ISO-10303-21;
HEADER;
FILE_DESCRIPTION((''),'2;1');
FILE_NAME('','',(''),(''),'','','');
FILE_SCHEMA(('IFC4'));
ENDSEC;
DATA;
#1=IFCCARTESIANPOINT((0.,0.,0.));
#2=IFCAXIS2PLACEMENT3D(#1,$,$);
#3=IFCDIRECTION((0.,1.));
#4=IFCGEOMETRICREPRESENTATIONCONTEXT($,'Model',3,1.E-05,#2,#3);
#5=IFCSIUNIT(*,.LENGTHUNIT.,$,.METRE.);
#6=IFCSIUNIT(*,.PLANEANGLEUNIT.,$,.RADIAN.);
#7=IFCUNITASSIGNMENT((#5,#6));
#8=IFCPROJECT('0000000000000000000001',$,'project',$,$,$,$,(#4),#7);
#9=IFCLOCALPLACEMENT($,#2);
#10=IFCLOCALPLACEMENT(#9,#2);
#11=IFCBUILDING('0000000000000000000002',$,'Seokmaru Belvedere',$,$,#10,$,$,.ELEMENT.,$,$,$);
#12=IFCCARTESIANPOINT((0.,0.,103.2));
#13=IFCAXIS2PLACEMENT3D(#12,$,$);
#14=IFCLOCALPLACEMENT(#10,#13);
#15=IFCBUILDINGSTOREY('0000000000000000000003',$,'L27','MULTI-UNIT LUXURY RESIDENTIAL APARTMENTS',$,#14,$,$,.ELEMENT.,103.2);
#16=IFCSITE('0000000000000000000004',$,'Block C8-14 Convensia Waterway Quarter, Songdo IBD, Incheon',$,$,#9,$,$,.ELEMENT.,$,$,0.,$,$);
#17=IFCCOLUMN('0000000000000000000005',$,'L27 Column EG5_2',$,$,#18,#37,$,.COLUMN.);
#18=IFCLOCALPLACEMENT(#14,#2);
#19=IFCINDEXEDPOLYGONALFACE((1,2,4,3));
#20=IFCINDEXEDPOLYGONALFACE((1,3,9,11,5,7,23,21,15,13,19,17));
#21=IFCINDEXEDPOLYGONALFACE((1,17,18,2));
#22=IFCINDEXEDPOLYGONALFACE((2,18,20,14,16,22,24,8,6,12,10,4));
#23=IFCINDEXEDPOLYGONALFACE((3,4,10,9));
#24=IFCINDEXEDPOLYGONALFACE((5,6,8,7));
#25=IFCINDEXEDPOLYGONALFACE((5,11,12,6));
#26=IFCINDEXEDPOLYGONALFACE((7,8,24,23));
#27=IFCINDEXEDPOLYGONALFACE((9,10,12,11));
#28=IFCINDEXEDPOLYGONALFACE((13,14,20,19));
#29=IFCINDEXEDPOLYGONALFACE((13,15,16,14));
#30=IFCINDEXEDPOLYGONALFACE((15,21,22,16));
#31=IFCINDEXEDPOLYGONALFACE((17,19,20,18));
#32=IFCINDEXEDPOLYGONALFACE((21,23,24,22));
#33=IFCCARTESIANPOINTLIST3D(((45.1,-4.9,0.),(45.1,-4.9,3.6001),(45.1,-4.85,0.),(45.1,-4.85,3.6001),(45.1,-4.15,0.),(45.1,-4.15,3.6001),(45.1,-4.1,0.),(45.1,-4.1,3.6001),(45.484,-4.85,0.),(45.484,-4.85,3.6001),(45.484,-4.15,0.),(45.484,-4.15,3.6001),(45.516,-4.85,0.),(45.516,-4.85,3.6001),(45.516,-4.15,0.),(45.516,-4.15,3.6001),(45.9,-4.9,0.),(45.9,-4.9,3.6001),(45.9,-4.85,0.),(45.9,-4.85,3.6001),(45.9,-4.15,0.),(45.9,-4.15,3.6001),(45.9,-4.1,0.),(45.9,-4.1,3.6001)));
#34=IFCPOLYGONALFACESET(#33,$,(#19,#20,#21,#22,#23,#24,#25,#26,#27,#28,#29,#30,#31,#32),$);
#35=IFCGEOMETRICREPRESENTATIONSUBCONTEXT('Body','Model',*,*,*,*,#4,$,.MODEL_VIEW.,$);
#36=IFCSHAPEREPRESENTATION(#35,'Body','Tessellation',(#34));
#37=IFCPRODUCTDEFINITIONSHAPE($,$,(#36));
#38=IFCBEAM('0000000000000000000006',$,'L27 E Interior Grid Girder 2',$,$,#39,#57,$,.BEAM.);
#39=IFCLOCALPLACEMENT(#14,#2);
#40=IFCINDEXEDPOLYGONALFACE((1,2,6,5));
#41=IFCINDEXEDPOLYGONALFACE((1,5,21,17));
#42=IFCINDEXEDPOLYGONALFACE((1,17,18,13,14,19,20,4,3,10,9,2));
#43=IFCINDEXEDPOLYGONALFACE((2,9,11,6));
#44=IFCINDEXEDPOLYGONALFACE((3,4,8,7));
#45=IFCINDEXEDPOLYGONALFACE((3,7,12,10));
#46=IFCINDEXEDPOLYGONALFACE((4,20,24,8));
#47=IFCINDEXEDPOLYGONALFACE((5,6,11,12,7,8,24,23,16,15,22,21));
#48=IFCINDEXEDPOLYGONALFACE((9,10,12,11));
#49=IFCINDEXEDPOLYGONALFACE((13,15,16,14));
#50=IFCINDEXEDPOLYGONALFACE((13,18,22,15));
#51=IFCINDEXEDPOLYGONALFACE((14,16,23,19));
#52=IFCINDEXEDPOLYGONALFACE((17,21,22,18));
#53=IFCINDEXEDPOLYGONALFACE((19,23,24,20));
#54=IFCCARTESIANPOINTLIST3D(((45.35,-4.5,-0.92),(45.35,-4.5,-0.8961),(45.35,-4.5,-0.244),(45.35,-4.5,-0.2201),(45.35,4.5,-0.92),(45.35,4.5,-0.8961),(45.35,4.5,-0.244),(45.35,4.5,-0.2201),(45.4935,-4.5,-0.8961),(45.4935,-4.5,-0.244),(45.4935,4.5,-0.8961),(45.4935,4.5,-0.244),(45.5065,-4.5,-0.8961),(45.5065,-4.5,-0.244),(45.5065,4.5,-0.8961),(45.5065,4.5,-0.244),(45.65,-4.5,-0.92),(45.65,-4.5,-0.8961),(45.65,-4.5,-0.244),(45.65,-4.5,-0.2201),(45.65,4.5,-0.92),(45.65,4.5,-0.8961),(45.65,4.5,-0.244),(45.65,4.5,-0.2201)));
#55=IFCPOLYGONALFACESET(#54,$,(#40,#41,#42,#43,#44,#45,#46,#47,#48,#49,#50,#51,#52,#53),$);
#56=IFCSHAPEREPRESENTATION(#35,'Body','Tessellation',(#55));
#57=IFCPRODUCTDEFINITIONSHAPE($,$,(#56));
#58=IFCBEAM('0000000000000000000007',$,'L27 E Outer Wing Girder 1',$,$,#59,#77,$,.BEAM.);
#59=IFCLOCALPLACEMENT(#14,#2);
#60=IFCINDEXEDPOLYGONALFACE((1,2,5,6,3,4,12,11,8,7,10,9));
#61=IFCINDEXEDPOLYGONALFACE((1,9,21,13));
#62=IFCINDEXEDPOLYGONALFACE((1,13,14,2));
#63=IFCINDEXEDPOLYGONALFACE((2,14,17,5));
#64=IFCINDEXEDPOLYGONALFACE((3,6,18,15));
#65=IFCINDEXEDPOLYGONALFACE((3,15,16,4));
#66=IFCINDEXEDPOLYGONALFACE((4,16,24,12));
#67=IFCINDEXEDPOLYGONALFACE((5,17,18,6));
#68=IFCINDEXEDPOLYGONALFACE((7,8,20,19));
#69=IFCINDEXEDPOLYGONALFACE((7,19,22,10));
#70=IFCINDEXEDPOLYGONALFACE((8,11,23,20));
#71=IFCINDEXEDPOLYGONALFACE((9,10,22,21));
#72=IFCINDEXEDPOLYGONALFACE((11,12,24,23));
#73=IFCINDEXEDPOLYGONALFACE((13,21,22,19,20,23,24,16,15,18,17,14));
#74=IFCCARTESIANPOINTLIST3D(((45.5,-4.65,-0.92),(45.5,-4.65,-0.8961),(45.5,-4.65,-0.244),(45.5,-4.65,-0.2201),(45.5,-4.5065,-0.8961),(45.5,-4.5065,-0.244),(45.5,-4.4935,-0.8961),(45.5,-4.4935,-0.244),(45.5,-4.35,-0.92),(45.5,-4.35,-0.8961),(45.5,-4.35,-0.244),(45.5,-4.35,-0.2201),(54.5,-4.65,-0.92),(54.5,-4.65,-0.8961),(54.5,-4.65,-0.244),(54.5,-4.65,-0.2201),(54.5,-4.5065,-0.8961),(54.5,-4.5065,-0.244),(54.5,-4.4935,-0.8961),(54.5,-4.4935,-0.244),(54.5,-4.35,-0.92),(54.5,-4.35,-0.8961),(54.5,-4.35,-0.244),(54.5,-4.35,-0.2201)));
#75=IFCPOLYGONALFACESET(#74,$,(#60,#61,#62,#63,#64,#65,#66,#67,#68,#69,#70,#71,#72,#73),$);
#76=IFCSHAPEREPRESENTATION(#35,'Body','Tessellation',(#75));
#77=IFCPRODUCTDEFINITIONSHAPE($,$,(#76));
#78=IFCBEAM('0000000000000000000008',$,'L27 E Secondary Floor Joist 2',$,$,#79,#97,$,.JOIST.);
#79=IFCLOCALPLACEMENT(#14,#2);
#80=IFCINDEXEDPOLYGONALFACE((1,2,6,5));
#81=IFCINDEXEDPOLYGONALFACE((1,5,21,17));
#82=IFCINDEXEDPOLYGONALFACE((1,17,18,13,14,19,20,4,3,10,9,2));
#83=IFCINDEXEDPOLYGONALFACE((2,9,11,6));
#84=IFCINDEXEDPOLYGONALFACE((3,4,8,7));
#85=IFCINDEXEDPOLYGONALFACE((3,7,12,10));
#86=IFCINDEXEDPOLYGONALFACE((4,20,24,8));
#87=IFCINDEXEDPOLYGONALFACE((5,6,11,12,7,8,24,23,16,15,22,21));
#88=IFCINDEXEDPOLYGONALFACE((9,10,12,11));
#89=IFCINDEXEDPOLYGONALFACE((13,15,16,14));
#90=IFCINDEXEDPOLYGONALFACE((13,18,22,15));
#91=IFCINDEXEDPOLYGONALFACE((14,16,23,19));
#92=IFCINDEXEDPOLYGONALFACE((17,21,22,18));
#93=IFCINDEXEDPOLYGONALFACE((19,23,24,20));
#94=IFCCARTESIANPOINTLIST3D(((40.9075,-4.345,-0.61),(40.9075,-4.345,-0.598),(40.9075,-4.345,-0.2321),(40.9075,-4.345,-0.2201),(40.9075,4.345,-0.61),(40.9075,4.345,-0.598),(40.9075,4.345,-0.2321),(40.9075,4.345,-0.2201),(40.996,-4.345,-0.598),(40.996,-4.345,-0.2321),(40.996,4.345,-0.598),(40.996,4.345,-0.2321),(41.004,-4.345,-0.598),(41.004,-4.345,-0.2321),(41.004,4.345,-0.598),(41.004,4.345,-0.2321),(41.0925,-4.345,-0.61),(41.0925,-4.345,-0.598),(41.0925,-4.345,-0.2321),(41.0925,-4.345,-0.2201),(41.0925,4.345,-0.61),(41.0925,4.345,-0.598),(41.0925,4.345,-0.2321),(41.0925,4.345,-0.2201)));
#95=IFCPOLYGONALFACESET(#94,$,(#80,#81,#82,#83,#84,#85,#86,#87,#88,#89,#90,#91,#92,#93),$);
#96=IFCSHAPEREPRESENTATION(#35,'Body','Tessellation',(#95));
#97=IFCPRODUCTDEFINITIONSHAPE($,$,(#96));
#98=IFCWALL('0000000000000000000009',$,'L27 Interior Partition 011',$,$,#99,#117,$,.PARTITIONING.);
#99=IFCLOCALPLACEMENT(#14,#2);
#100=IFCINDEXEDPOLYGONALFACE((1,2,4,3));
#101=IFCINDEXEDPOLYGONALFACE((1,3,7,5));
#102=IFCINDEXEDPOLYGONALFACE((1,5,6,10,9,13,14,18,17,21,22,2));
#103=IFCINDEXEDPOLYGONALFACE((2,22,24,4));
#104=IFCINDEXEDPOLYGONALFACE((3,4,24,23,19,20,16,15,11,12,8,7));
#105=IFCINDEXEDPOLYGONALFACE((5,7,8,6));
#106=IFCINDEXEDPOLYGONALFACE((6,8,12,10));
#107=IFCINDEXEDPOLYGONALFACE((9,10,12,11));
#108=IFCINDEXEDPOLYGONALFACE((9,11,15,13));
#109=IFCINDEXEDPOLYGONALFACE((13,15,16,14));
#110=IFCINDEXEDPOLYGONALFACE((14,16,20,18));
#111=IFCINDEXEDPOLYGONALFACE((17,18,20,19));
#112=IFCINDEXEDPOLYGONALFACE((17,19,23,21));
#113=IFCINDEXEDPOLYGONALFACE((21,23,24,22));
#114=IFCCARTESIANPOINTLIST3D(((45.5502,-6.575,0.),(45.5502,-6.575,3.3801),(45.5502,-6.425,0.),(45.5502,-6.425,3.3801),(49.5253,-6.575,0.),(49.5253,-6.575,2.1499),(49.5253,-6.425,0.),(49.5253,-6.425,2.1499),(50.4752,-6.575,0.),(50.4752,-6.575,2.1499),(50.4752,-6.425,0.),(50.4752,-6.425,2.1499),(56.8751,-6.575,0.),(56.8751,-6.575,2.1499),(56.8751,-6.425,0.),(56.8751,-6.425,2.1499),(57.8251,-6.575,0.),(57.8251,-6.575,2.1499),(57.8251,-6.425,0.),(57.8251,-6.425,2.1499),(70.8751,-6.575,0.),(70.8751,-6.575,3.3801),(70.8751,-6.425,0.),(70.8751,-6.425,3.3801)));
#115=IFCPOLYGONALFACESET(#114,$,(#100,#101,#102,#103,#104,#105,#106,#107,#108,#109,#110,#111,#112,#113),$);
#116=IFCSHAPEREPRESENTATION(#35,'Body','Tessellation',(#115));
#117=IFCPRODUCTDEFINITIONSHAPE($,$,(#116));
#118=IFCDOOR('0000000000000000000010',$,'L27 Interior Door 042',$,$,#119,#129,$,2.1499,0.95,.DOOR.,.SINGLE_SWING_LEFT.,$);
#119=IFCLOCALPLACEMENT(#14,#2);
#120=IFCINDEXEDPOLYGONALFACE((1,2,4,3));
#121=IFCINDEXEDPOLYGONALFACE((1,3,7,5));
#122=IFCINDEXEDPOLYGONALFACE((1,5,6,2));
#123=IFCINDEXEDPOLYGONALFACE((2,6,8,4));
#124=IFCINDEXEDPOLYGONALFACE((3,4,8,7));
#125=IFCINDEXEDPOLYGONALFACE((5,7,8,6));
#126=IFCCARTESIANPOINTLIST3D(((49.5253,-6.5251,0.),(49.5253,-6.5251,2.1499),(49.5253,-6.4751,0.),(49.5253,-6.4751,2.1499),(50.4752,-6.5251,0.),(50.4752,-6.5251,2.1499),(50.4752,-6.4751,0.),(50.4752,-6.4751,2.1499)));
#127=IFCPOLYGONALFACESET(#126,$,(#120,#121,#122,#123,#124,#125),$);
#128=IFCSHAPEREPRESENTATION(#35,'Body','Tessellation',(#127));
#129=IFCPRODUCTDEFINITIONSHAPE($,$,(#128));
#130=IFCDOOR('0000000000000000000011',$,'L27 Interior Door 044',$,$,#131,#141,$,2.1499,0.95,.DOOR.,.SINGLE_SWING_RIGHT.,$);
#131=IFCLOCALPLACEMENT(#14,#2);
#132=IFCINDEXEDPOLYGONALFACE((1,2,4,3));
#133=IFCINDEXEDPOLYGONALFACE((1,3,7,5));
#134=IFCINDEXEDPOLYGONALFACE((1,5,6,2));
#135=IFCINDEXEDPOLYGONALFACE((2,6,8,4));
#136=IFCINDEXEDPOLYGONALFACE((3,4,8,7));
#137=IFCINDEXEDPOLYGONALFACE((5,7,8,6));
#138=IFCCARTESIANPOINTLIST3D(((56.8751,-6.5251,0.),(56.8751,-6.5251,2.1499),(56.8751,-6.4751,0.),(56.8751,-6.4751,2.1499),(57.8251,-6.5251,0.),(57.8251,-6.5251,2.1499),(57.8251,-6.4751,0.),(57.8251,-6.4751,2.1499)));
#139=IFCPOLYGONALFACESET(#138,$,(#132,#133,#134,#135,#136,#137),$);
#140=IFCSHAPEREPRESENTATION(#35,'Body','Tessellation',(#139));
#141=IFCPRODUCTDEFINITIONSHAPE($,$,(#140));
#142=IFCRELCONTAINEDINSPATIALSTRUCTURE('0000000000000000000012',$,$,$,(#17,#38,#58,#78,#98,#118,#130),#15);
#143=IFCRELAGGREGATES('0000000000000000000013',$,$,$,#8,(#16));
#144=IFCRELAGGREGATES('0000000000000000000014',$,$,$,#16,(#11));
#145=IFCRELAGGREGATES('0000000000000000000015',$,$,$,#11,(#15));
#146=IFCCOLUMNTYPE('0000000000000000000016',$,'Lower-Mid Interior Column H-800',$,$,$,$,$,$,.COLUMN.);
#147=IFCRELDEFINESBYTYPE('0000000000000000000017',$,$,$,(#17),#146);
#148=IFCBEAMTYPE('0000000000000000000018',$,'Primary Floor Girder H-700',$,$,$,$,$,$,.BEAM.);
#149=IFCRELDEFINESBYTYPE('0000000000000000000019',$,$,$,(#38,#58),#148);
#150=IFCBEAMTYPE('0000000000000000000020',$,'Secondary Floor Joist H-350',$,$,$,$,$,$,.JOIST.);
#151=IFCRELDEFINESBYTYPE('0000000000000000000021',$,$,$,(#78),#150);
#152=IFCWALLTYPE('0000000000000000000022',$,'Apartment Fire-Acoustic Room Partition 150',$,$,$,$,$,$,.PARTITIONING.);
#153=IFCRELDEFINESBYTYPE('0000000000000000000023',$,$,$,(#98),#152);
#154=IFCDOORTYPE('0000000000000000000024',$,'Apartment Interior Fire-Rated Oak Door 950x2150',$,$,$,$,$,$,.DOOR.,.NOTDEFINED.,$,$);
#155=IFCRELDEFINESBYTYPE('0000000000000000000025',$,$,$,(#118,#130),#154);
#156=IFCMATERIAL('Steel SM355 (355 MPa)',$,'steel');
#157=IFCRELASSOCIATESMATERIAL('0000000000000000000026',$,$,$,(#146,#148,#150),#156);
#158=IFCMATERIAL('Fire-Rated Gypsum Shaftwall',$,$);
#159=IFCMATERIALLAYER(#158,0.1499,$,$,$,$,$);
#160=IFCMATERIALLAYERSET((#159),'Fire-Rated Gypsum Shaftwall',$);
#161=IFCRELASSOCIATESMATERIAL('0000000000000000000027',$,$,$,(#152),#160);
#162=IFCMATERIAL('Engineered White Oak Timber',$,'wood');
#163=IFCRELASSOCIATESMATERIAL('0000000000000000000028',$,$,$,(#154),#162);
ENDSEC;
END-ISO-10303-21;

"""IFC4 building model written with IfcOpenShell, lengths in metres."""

from ifc_helpers import new_model, si_unit, direction, frame, frame_2d, origin, origin_2d, place, context, subcontext, project, spatial, rectangle, i_section, extrude, source, transform, mapped, material, layer, layer_set, material_profile, profile_set, type_object, type_shapes, element, fill, save


model = new_model("IFC4")

# Units and contexts
model_context = context("Model", 3, precision=1e-05, world=origin(), true_north=direction((0.0, 1.0)))
body_context = subcontext(model_context, "Body", "Model", "MODEL_VIEW")
ifc_project = project(units=[si_unit("LENGTHUNIT", "METRE"), si_unit("PLANEANGLEUNIT", "RADIAN")], contexts=[model_context])

# Site, building, storey
site_placement = place(None, origin())
site = spatial("IfcSite", under=ifc_project, at=site_placement, Name="Block C8-14 Convensia Waterway Quarter, Songdo IBD, Incheon", CompositionType="ELEMENT", RefElevation=0.0)
building_placement = place(site_placement, origin())
building = spatial("IfcBuilding", under=site, at=building_placement, Name="Seokmaru Belvedere", CompositionType="ELEMENT")
storey_placement = place(building_placement, frame((0.0, 0.0, 103.2)))
storey = spatial("IfcBuildingStorey", under=building, at=storey_placement, Name="L27", Description="MULTI-UNIT LUXURY RESIDENTIAL APARTMENTS", CompositionType="ELEMENT", Elevation=103.2)

# Column
ifc_material_1 = material(Name="Steel SM355 (355 MPa)", Category="steel")
ifc_material_profile_1 = material_profile(ifc_material_1, i_section(OverallWidth=0.8, OverallDepth=0.8, WebThickness=0.032, FlangeThickness=0.05, at=origin_2d()), Name="H-800x800x32x50")
ifc_profile_set_1 = profile_set([ifc_material_profile_1], Name="Steel SM355 (355 MPa)")
column_type = type_object("IfcColumnType", Name="Lower-Mid Interior Column H-800", PredefinedType="COLUMN", material=ifc_profile_set_1)
shared_shape_1 = source(origin(), body_context, "Body", "SweptSolid", [
    extrude(i_section(OverallWidth=0.8, OverallDepth=0.8, WebThickness=0.032, FlangeThickness=0.05, at=origin_2d()), origin(), (0.0, 0.0, 1.0), 3.6001),
])
type_shapes(column_type, [shared_shape_1])
column_placement = place(storey_placement, frame((45.5, -4.5, 0.0), z_axis=(0.0, 0.0, 1.0), x_axis=(1.0, 0.0, 0.0)))
element("IfcColumn", 1, at=column_placement, inside=storey, type_object=column_type, Name="L27 Column EG5_2", PredefinedType="COLUMN", context=body_context, shape_type="MappedRepresentation", body=[
    mapped(shared_shape_1, transform((0.0, 0.0, 0.0), scale=1.0)),
])

# Beams
ifc_material_profile_2 = material_profile(ifc_material_1, i_section(OverallWidth=0.3, OverallDepth=0.7, WebThickness=0.0129, FlangeThickness=0.0239, at=origin_2d()), Name="H-700x300x13x24")
ifc_profile_set_2 = profile_set([ifc_material_profile_2], Name="Steel SM355 (355 MPa)")
beam_type_1 = type_object("IfcBeamType", Name="Primary Floor Girder H-700", PredefinedType="BEAM", material=ifc_profile_set_2)
shared_shape_2 = source(origin(), body_context, "Body", "SweptSolid", [
    extrude(i_section(OverallWidth=0.3, OverallDepth=0.7, WebThickness=0.0129, FlangeThickness=0.0239, at=origin_2d()), origin(), (0.0, 0.0, 1.0), 9.0),
])
type_shapes(beam_type_1, [shared_shape_2])
for number, where, z_axis, x_axis, name in (
    (2, (45.5, -4.5, -0.5701), (0.0, 1.0, 0.0), (-1.0, 0.0, 0.0), "L27 E Interior Grid Girder 2"),
    (3, (45.5, -4.5, -0.5701), (1.0, 0.0, 0.0), (0.0, 1.0, 0.0), "L27 E Outer Wing Girder 1"),
):
    element("IfcBeam", number, at=place(storey_placement, frame(where, z_axis=z_axis, x_axis=x_axis)), inside=storey, type_object=beam_type_1, Name=name, PredefinedType="BEAM", context=body_context, shape_type="MappedRepresentation", body=[
        mapped(shared_shape_2, transform((0.0, 0.0, 0.0), scale=1.0)),
    ])
ifc_material_profile_3 = material_profile(ifc_material_1, i_section(OverallWidth=0.1851, OverallDepth=0.3899, WebThickness=0.0081, FlangeThickness=0.012, at=origin_2d()), Name="H-390x185x8x12")
ifc_profile_set_3 = profile_set([ifc_material_profile_3], Name="Steel SM355 (355 MPa)")
beam_type_2 = type_object("IfcBeamType", Name="Secondary Floor Joist H-350", PredefinedType="JOIST", material=ifc_profile_set_3)
shared_shape_3 = source(origin(), body_context, "Body", "SweptSolid", [
    extrude(i_section(OverallWidth=0.1851, OverallDepth=0.3899, WebThickness=0.0081, FlangeThickness=0.012, at=origin_2d()), origin(), (0.0, 0.0, 1.0), 8.6899),
])
type_shapes(beam_type_2, [shared_shape_3])
beam_placement = place(storey_placement, frame((41.0, -4.345, -0.415), z_axis=(0.0, 1.0, 0.0), x_axis=(-1.0, 0.0, 0.0)))
element("IfcBeam", 4, at=beam_placement, inside=storey, type_object=beam_type_2, Name="L27 E Secondary Floor Joist 2", PredefinedType="JOIST", context=body_context, shape_type="MappedRepresentation", body=[
    mapped(shared_shape_3, transform((0.0, 0.0, 0.0), scale=1.0)),
])

# Wall, openings, doors
ifc_material_2 = material(Name="Fire-Rated Gypsum Shaftwall")
ifc_layer_1 = layer(ifc_material_2, 0.1499)
ifc_layer_set_1 = layer_set([ifc_layer_1], Name="Fire-Rated Gypsum Shaftwall")
wall_type_1 = type_object("IfcWallType", Name="Apartment Fire-Acoustic Room Partition 150", PredefinedType="PARTITIONING", material=ifc_layer_set_1)
wall_1_placement = place(storey_placement, frame((45.55, -6.5, 0.0), z_axis=(0.0, 0.0, 1.0), x_axis=(1.0, 0.0, 0.0)))
wall_1 = element("IfcWall", 5, at=wall_1_placement, inside=storey, type_object=wall_type_1, Name="L27 Interior Partition 011", PredefinedType="PARTITIONING", context=body_context, shape_type="SweptSolid", body=[
    extrude(rectangle(XDim=25.325, YDim=0.1499, at=frame_2d((12.6626, 0.0))), origin(), (0.0, 0.0, 1.0), 3.3801),
])
opening_1_placement = place(wall_1_placement, frame((3.9751, 0.0, 0.0)))
opening_1 = element("IfcOpeningElement", 6, at=opening_1_placement, cuts=wall_1, PredefinedType="OPENING", context=body_context, shape_type="SweptSolid", body=[
    extrude(rectangle(XDim=0.95, YDim=2.1499, at=frame_2d((0.4751, 1.075))), frame((0.0, 0.085, 0.0), z_axis=(0.0, -1.0, 0.0), x_axis=(1.0, 0.0, 0.0)), (0.0, 0.0, 1.0), 0.1699),
])
opening_2_placement = place(wall_1_placement, frame((11.325, 0.0, 0.0)))
opening_2 = element("IfcOpeningElement", 7, at=opening_2_placement, cuts=wall_1, PredefinedType="OPENING", context=body_context, shape_type="SweptSolid", body=[
    extrude(rectangle(XDim=0.95, YDim=2.1499, at=frame_2d((0.4751, 1.075))), frame((0.0, 0.085, 0.0), z_axis=(0.0, -1.0, 0.0), x_axis=(1.0, 0.0, 0.0)), (0.0, 0.0, 1.0), 0.1699),
])
ifc_material_3 = material(Name="Engineered White Oak Timber", Category="wood")
door_type_1 = type_object("IfcDoorType", Name="Apartment Interior Fire-Rated Oak Door 950x2150", OperationType="NOTDEFINED", PredefinedType="DOOR", material=ifc_material_3)
shared_shape_4 = source(origin(), body_context, "Body", "SweptSolid", [
    extrude(rectangle(XDim=0.95, YDim=2.1499, at=frame_2d((0.4751, 1.075))), frame((0.0, 0.0249, 0.0), z_axis=(0.0, -1.0, 0.0), x_axis=(1.0, 0.0, 0.0)), (0.0, 0.0, 1.0), 0.05),
])
type_shapes(door_type_1, [shared_shape_4])
door_1_placement = place(opening_1_placement, origin())
door_1 = element("IfcDoor", 8, at=door_1_placement, inside=storey, type_object=door_type_1, Name="L27 Interior Door 042", OperationType="SINGLE_SWING_LEFT", OverallHeight=2.1499, OverallWidth=0.95, PredefinedType="DOOR", context=body_context, shape_type="MappedRepresentation", body=[
    mapped(shared_shape_4, transform((0.0, 0.0, 0.0), scale=1.0)),
])
fill(opening_1, door_1)
door_2_placement = place(opening_2_placement, origin())
door_2 = element("IfcDoor", 9, at=door_2_placement, inside=storey, type_object=door_type_1, Name="L27 Interior Door 044", OperationType="SINGLE_SWING_RIGHT", OverallHeight=2.1499, OverallWidth=0.95, PredefinedType="DOOR", context=body_context, shape_type="MappedRepresentation", body=[
    mapped(shared_shape_4, transform((0.0, 0.0, 0.0), scale=1.0)),
])
fill(opening_2, door_2)

save(model, "model.ifc")
